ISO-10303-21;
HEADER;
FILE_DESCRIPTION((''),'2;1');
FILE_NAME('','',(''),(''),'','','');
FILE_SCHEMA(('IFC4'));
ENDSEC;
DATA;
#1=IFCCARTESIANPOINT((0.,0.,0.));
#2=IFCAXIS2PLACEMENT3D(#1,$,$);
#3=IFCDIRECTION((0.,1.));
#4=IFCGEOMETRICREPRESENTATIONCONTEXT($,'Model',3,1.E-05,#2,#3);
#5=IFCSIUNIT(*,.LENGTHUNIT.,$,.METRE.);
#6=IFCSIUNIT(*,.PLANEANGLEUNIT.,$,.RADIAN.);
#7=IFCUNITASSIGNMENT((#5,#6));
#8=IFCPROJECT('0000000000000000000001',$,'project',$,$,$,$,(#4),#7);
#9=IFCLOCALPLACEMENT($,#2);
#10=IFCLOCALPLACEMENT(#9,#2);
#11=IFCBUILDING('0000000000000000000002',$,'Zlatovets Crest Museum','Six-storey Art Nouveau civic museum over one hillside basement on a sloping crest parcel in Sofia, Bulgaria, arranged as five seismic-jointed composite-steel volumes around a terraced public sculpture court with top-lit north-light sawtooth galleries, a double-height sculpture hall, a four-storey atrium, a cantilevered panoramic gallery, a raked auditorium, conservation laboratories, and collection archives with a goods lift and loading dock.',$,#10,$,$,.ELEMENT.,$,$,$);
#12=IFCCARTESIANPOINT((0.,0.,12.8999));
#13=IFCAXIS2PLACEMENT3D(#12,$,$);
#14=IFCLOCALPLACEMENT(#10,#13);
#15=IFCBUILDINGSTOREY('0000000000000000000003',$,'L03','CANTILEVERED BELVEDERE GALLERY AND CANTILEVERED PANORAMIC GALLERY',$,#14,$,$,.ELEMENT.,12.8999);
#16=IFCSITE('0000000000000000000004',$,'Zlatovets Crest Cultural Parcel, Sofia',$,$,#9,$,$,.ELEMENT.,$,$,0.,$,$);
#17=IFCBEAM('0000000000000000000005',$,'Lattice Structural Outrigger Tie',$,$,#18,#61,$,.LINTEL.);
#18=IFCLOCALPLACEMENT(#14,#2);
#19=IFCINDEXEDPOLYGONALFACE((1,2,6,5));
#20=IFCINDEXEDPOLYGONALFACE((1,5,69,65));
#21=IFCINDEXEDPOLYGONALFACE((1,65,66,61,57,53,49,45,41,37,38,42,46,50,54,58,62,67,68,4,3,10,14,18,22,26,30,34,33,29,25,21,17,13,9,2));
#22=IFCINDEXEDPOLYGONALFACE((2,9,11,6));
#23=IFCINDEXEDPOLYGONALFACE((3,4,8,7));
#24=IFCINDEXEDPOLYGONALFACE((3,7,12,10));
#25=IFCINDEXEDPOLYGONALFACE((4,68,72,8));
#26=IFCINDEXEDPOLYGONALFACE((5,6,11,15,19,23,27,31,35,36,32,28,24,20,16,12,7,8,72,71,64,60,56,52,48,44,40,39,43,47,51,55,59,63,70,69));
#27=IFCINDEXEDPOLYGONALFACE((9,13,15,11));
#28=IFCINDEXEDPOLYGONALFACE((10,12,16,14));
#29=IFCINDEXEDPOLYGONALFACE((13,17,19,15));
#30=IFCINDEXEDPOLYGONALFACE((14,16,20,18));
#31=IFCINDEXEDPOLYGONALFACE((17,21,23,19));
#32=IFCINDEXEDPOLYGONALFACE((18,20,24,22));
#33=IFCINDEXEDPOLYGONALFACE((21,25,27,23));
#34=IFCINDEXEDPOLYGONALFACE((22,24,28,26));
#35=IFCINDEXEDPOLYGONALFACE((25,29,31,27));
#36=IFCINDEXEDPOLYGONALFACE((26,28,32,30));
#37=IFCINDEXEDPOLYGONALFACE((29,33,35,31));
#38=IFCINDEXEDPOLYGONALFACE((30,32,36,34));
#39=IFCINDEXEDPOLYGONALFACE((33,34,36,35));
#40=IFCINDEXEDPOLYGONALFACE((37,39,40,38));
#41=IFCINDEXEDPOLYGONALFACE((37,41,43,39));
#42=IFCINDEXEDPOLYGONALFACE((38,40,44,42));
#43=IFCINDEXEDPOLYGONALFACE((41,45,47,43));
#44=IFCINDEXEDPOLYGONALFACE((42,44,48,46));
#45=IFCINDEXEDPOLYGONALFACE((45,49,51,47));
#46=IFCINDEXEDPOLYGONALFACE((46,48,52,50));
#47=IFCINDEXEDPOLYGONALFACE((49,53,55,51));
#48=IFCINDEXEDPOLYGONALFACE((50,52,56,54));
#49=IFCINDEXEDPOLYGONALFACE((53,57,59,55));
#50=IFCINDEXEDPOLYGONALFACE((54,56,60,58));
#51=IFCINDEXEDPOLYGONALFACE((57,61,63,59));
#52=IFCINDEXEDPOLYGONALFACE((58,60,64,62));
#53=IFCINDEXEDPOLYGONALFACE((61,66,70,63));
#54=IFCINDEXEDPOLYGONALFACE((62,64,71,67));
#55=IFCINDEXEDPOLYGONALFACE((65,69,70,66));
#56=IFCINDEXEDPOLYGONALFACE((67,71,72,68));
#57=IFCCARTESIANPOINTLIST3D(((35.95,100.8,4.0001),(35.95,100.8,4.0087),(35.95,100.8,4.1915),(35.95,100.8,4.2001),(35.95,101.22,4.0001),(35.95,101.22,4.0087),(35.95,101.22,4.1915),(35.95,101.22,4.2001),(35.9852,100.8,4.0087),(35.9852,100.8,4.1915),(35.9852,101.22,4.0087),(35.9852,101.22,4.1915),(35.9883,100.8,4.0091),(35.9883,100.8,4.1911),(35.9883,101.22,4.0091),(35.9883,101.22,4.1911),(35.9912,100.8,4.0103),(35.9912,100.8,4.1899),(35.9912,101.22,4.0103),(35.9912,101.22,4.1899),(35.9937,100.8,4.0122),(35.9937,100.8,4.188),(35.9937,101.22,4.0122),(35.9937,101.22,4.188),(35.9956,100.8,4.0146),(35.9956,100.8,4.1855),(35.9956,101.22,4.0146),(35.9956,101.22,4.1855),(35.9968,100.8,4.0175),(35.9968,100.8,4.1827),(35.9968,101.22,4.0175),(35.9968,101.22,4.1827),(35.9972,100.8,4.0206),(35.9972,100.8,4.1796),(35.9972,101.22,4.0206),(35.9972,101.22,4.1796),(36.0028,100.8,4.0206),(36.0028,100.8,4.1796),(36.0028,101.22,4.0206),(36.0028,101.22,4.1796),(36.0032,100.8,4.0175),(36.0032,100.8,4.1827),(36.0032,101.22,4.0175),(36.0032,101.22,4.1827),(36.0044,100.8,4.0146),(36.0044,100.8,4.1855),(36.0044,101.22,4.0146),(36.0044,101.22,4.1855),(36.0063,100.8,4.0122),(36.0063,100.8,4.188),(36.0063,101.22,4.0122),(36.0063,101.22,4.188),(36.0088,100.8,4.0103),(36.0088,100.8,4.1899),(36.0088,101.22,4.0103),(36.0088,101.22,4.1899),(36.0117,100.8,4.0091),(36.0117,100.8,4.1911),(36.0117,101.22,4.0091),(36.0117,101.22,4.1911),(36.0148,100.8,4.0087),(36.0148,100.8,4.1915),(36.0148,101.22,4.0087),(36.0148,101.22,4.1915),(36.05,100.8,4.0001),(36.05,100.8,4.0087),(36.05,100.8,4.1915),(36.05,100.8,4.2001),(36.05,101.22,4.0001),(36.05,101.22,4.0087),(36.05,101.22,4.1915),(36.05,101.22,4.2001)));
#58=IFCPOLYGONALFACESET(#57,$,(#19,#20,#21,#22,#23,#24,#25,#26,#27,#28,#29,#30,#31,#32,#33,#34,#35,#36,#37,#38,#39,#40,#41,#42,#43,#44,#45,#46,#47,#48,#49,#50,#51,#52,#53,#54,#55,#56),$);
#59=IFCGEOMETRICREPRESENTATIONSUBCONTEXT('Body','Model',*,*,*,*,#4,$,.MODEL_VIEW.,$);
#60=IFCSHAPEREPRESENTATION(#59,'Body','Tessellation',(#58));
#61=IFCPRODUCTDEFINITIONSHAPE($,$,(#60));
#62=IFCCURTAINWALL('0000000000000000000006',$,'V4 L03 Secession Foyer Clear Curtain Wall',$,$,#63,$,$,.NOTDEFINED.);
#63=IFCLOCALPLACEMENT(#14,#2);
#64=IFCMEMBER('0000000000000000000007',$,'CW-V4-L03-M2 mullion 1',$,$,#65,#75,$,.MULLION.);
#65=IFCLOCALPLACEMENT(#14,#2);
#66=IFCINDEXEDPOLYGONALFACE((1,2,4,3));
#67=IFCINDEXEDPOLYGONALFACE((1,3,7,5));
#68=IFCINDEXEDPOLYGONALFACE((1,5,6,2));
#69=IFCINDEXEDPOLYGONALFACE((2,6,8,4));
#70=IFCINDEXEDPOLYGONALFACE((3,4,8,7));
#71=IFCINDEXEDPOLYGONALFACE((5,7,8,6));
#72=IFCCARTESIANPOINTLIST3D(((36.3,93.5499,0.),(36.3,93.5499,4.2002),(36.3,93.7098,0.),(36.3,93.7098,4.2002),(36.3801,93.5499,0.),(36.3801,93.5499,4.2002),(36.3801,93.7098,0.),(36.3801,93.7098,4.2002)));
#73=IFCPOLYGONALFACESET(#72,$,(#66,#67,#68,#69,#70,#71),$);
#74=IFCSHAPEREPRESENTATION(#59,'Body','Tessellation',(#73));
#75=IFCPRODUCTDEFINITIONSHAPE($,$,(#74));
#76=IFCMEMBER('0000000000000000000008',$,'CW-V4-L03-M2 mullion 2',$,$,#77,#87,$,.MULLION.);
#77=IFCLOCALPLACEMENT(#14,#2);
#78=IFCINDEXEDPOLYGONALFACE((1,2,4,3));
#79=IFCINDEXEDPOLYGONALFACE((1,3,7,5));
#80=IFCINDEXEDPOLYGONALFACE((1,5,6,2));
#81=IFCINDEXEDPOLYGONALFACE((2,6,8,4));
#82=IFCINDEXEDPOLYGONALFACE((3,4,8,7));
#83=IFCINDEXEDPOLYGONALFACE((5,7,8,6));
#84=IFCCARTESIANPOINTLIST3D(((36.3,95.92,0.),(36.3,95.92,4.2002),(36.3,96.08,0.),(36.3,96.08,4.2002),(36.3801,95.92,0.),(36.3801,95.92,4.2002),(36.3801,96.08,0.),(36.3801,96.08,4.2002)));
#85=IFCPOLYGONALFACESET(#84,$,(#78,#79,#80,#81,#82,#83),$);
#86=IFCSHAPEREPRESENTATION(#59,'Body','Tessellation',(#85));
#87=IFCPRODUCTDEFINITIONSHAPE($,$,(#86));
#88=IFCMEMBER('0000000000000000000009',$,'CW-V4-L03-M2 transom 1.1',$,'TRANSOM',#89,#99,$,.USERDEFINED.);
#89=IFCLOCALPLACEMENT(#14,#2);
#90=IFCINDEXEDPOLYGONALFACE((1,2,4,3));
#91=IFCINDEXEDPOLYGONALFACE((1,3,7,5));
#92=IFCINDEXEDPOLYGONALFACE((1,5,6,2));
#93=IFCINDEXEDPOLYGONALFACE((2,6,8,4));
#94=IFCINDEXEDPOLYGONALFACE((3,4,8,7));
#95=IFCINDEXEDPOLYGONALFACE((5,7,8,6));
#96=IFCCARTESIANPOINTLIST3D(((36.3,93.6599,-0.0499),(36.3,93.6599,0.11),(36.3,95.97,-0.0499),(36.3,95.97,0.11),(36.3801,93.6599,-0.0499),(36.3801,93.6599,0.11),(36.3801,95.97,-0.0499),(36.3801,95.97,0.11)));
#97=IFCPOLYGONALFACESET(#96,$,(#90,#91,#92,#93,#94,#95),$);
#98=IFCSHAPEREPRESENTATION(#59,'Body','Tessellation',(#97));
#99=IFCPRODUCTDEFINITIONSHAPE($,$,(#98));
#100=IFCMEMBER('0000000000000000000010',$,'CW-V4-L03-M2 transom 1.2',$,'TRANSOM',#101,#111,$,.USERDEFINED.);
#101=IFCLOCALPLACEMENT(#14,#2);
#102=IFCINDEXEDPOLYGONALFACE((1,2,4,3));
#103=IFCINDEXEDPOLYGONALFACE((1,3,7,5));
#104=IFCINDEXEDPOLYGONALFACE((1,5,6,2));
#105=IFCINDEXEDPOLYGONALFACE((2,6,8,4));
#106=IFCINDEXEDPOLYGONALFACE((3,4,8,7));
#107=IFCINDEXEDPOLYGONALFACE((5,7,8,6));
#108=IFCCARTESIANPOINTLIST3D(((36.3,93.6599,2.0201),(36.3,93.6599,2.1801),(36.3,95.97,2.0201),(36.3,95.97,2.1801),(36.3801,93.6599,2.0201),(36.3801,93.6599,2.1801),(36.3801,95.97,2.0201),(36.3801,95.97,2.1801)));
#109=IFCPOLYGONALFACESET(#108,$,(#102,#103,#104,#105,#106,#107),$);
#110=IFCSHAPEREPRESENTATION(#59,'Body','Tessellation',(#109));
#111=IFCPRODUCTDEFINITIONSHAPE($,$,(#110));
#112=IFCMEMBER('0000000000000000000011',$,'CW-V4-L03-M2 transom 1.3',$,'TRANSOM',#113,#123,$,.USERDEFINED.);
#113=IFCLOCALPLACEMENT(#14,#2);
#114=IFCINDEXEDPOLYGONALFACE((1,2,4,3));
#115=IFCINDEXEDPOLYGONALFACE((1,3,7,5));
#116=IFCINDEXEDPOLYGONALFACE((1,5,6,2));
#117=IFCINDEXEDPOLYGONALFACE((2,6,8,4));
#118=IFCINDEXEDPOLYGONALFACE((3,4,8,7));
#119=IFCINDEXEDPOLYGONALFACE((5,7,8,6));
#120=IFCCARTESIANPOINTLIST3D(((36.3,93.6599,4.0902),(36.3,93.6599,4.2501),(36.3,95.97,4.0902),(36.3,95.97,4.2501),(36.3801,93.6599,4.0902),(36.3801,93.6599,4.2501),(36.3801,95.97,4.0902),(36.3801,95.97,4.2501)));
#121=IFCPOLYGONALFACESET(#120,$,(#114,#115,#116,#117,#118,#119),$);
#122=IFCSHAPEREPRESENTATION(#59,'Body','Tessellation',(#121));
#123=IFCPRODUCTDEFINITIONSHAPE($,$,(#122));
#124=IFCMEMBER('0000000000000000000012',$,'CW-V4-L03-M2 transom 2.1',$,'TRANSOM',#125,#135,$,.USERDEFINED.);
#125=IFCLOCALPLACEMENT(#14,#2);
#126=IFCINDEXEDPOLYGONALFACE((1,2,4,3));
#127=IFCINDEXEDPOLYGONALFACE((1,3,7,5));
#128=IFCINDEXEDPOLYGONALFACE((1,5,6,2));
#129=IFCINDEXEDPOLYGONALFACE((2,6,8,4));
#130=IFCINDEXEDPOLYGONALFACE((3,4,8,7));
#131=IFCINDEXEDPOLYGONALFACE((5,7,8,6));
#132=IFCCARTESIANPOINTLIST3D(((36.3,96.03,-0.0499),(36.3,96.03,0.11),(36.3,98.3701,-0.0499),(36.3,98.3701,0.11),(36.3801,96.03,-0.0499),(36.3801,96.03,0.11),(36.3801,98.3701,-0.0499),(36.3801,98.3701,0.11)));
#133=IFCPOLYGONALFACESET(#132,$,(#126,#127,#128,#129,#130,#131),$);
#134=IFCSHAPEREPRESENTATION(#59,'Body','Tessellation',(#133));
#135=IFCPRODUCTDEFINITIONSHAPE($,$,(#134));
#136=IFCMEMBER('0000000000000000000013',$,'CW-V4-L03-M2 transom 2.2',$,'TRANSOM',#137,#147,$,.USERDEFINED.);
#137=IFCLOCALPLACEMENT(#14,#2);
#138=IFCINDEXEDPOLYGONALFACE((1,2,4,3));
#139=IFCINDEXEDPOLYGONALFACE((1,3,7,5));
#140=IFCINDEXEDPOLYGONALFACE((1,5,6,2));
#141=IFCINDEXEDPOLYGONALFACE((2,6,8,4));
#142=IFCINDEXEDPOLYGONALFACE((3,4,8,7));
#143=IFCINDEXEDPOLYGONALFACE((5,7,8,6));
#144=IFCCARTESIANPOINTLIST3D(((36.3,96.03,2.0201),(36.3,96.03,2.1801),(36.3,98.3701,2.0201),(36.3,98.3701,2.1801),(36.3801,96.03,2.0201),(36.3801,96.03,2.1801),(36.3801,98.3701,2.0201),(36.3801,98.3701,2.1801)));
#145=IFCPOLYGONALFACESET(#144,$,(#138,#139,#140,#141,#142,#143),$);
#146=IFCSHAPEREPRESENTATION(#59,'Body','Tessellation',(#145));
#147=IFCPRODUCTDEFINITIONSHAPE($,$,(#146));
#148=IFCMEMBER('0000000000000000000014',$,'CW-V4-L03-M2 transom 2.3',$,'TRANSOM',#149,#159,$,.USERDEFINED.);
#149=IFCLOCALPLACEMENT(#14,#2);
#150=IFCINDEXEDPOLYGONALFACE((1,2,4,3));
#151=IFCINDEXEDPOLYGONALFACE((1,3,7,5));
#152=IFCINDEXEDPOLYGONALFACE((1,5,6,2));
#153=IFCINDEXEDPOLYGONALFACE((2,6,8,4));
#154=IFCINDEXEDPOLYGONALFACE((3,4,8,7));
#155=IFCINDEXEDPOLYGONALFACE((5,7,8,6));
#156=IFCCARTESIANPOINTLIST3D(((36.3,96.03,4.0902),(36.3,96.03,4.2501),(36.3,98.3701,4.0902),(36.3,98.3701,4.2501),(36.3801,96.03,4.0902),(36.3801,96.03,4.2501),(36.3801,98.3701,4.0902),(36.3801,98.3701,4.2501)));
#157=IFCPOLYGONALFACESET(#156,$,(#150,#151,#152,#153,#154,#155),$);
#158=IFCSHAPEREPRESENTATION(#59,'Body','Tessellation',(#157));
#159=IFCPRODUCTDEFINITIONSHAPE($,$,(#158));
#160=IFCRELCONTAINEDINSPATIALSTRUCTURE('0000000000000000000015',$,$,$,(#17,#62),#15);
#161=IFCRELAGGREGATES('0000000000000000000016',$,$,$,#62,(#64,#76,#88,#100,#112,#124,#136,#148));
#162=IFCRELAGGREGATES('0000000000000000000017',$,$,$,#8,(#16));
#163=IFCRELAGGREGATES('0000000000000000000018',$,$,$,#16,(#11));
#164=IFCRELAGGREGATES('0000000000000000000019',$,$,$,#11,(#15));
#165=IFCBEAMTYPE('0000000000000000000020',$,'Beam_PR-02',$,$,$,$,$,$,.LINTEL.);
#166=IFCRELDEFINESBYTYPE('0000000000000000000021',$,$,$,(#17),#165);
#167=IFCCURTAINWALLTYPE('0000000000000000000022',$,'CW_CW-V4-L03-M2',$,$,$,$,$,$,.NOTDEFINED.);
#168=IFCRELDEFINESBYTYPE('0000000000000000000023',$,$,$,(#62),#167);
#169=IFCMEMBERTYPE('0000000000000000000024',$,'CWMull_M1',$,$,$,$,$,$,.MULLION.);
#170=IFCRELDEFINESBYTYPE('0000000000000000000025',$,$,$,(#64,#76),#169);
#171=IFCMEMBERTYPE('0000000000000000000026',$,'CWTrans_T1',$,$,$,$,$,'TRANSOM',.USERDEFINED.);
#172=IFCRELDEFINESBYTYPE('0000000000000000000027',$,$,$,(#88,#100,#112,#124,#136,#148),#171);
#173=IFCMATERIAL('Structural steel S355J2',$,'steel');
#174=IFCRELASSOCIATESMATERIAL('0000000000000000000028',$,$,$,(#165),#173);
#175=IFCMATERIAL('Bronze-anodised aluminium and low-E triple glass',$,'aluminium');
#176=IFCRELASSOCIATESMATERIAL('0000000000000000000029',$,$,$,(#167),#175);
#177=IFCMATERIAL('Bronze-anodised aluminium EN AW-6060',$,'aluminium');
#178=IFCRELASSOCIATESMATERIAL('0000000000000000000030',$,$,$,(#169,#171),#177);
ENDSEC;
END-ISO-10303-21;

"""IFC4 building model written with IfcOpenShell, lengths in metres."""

from ifc_helpers import new_model, si_unit, direction, frame, origin, origin_2d, place, context, subcontext, project, spatial, rectangle, i_section, extrude, material, material_profile, profile_set, type_object, element, aggregate, save


model = new_model("IFC4")

# Units and contexts
model_context = context("Model", 3, precision=1e-05, world=origin(), true_north=direction((0.0, 1.0)))
body_context = subcontext(model_context, "Body", "Model", "MODEL_VIEW")
ifc_project = project(units=[si_unit("LENGTHUNIT", "METRE"), si_unit("PLANEANGLEUNIT", "RADIAN")], contexts=[model_context])

# Site, building, storey
site_placement = place(None, origin())
site = spatial("IfcSite", under=ifc_project, at=site_placement, Name="Zlatovets Crest Cultural Parcel, Sofia", CompositionType="ELEMENT", RefElevation=0.0)
building_placement = place(site_placement, origin())
building = spatial("IfcBuilding", under=site, at=building_placement, Name="Zlatovets Crest Museum", Description="Six-storey Art Nouveau civic museum over one hillside basement on a sloping crest parcel in Sofia, Bulgaria, arranged as five seismic-jointed composite-steel volumes around a terraced public sculpture court with top-lit north-light sawtooth galleries, a double-height sculpture hall, a four-storey atrium, a cantilevered panoramic gallery, a raked auditorium, conservation laboratories, and collection archives with a goods lift and loading dock.", CompositionType="ELEMENT")
storey_placement = place(building_placement, frame((0.0, 0.0, 12.8999)))
storey = spatial("IfcBuildingStorey", under=building, at=storey_placement, Name="L03", Description="CANTILEVERED BELVEDERE GALLERY AND CANTILEVERED PANORAMIC GALLERY", CompositionType="ELEMENT", Elevation=12.8999)

# Shared definitions
ifc_material_1 = material(Name="Structural steel S355J2", Category="steel")

# Beam
ifc_material_profile_1 = material_profile(ifc_material_1, i_section(OverallWidth=0.1001, OverallDepth=0.2, WebThickness=0.0056, FlangeThickness=0.0085, FilletRadius=0.012, at=origin_2d()), Name="IPE 200")
ifc_profile_set_1 = profile_set([ifc_material_profile_1], Name="Structural steel S355J2")
beam_type = type_object("IfcBeamType", Name="Beam_PR-02", PredefinedType="LINTEL", material=ifc_profile_set_1)
for number, where, z_axis, x_axis, name in (
    (1, (36.0, 100.8, 4.1001), (0.0, 1.0, 0.0), (-1.0, 0.0, 0.0), "Lattice Structural Outrigger Tie"),
):
    element("IfcBeam", number, at=place(storey_placement, frame(where, z_axis=z_axis, x_axis=x_axis)), inside=storey, type_object=beam_type, Name=name, PredefinedType="LINTEL", context=body_context, shape_type="SweptSolid", body=[
        extrude(i_section(OverallWidth=0.1001, OverallDepth=0.2, WebThickness=0.0056, FlangeThickness=0.0085, FilletRadius=0.012, at=origin_2d()), origin(), (0.0, 0.0, 1.0), 0.4199),
    ])

# Curtain wall, members
ifc_material_2 = material(Name="Bronze-anodised aluminium and low-E triple glass", Category="aluminium")
curtain_wall_type = type_object("IfcCurtainWallType", Name="CW_CW-V4-L03-M2", PredefinedType="NOTDEFINED", material=ifc_material_2)
curtain_wall_placement = place(storey_placement, origin())
curtain_wall = element("IfcCurtainWall", 2, at=curtain_wall_placement, inside=storey, type_object=curtain_wall_type, Name="V4 L03 Secession Foyer Clear Curtain Wall", PredefinedType="NOTDEFINED")
ifc_material_3 = material(Name="Bronze-anodised aluminium EN AW-6060", Category="aluminium")
ifc_material_profile_2 = material_profile(ifc_material_3, rectangle(XDim=0.0801, YDim=0.1599, at=origin_2d()), Name="ALU 80x160")
ifc_profile_set_2 = profile_set([ifc_material_profile_2], Name="Bronze-anodised aluminium EN AW-6060")
member_type_1 = type_object("IfcMemberType", Name="CWMull_M1", PredefinedType="MULLION", material=ifc_profile_set_2)
member_1_placement = place(storey_placement, frame((36.3401, 93.6299, 0.0), z_axis=(0.0, 0.0, 1.0), x_axis=(-1.0, 0.0, 0.0)))
member_1 = element("IfcMember", 3, at=member_1_placement, type_object=member_type_1, Name="CW-V4-L03-M2 mullion 1", PredefinedType="MULLION", context=body_context, shape_type="SweptSolid", body=[
    extrude(rectangle(XDim=0.0801, YDim=0.1599, at=origin_2d()), origin(), (0.0, 0.0, 1.0), 4.2002),
])
member_2_placement = place(storey_placement, frame((36.3401, 96.0, 0.0), z_axis=(0.0, 0.0, 1.0), x_axis=(-1.0, 0.0, 0.0)))
member_2 = element("IfcMember", 4, at=member_2_placement, type_object=member_type_1, Name="CW-V4-L03-M2 mullion 2", PredefinedType="MULLION", context=body_context, shape_type="SweptSolid", body=[
    extrude(rectangle(XDim=0.0801, YDim=0.1599, at=origin_2d()), origin(), (0.0, 0.0, 1.0), 4.2002),
])
ifc_material_profile_3 = material_profile(ifc_material_3, rectangle(XDim=0.0801, YDim=0.1599, at=origin_2d()), Name="ALU 80x160")
ifc_profile_set_3 = profile_set([ifc_material_profile_3], Name="Bronze-anodised aluminium EN AW-6060")
member_type_2 = type_object("IfcMemberType", Name="CWTrans_T1", ElementType="TRANSOM", PredefinedType="USERDEFINED", material=ifc_profile_set_3)
member_3_placement = place(storey_placement, frame((36.3401, 93.6599, 0.03), z_axis=(0.0, 1.0, 0.0), x_axis=(-1.0, 0.0, 0.0)))
member_3 = element("IfcMember", 5, at=member_3_placement, type_object=member_type_2, Name="CW-V4-L03-M2 transom 1.1", ObjectType="TRANSOM", PredefinedType="USERDEFINED", context=body_context, shape_type="SweptSolid", body=[
    extrude(rectangle(XDim=0.0801, YDim=0.1599, at=origin_2d()), origin(), (0.0, 0.0, 1.0), 2.3101),
])
member_4_placement = place(storey_placement, frame((36.3401, 93.6599, 2.1001), z_axis=(0.0, 1.0, 0.0), x_axis=(-1.0, 0.0, 0.0)))
member_4 = element("IfcMember", 6, at=member_4_placement, type_object=member_type_2, Name="CW-V4-L03-M2 transom 1.2", ObjectType="TRANSOM", PredefinedType="USERDEFINED", context=body_context, shape_type="SweptSolid", body=[
    extrude(rectangle(XDim=0.0801, YDim=0.1599, at=origin_2d()), origin(), (0.0, 0.0, 1.0), 2.3101),
])
member_5_placement = place(storey_placement, frame((36.3401, 93.6599, 4.1702), z_axis=(0.0, 1.0, 0.0), x_axis=(-1.0, 0.0, 0.0)))
member_5 = element("IfcMember", 7, at=member_5_placement, type_object=member_type_2, Name="CW-V4-L03-M2 transom 1.3", ObjectType="TRANSOM", PredefinedType="USERDEFINED", context=body_context, shape_type="SweptSolid", body=[
    extrude(rectangle(XDim=0.0801, YDim=0.1599, at=origin_2d()), origin(), (0.0, 0.0, 1.0), 2.3101),
])
member_6_placement = place(storey_placement, frame((36.3401, 96.03, 0.03), z_axis=(0.0, 1.0, 0.0), x_axis=(-1.0, 0.0, 0.0)))
member_6 = element("IfcMember", 8, at=member_6_placement, type_object=member_type_2, Name="CW-V4-L03-M2 transom 2.1", ObjectType="TRANSOM", PredefinedType="USERDEFINED", context=body_context, shape_type="SweptSolid", body=[
    extrude(rectangle(XDim=0.0801, YDim=0.1599, at=origin_2d()), origin(), (0.0, 0.0, 1.0), 2.3401),
])
member_7_placement = place(storey_placement, frame((36.3401, 96.03, 2.1001), z_axis=(0.0, 1.0, 0.0), x_axis=(-1.0, 0.0, 0.0)))
member_7 = element("IfcMember", 9, at=member_7_placement, type_object=member_type_2, Name="CW-V4-L03-M2 transom 2.2", ObjectType="TRANSOM", PredefinedType="USERDEFINED", context=body_context, shape_type="SweptSolid", body=[
    extrude(rectangle(XDim=0.0801, YDim=0.1599, at=origin_2d()), origin(), (0.0, 0.0, 1.0), 2.3401),
])
member_8_placement = place(storey_placement, frame((36.3401, 96.03, 4.1702), z_axis=(0.0, 1.0, 0.0), x_axis=(-1.0, 0.0, 0.0)))
member_8 = element("IfcMember", 10, at=member_8_placement, type_object=member_type_2, Name="CW-V4-L03-M2 transom 2.3", ObjectType="TRANSOM", PredefinedType="USERDEFINED", context=body_context, shape_type="SweptSolid", body=[
    extrude(rectangle(XDim=0.0801, YDim=0.1599, at=origin_2d()), origin(), (0.0, 0.0, 1.0), 2.3401),
])

aggregate(curtain_wall, [member_1, member_2, member_3, member_4, member_5, member_6, member_7, member_8])

save(model, "model.ifc")
